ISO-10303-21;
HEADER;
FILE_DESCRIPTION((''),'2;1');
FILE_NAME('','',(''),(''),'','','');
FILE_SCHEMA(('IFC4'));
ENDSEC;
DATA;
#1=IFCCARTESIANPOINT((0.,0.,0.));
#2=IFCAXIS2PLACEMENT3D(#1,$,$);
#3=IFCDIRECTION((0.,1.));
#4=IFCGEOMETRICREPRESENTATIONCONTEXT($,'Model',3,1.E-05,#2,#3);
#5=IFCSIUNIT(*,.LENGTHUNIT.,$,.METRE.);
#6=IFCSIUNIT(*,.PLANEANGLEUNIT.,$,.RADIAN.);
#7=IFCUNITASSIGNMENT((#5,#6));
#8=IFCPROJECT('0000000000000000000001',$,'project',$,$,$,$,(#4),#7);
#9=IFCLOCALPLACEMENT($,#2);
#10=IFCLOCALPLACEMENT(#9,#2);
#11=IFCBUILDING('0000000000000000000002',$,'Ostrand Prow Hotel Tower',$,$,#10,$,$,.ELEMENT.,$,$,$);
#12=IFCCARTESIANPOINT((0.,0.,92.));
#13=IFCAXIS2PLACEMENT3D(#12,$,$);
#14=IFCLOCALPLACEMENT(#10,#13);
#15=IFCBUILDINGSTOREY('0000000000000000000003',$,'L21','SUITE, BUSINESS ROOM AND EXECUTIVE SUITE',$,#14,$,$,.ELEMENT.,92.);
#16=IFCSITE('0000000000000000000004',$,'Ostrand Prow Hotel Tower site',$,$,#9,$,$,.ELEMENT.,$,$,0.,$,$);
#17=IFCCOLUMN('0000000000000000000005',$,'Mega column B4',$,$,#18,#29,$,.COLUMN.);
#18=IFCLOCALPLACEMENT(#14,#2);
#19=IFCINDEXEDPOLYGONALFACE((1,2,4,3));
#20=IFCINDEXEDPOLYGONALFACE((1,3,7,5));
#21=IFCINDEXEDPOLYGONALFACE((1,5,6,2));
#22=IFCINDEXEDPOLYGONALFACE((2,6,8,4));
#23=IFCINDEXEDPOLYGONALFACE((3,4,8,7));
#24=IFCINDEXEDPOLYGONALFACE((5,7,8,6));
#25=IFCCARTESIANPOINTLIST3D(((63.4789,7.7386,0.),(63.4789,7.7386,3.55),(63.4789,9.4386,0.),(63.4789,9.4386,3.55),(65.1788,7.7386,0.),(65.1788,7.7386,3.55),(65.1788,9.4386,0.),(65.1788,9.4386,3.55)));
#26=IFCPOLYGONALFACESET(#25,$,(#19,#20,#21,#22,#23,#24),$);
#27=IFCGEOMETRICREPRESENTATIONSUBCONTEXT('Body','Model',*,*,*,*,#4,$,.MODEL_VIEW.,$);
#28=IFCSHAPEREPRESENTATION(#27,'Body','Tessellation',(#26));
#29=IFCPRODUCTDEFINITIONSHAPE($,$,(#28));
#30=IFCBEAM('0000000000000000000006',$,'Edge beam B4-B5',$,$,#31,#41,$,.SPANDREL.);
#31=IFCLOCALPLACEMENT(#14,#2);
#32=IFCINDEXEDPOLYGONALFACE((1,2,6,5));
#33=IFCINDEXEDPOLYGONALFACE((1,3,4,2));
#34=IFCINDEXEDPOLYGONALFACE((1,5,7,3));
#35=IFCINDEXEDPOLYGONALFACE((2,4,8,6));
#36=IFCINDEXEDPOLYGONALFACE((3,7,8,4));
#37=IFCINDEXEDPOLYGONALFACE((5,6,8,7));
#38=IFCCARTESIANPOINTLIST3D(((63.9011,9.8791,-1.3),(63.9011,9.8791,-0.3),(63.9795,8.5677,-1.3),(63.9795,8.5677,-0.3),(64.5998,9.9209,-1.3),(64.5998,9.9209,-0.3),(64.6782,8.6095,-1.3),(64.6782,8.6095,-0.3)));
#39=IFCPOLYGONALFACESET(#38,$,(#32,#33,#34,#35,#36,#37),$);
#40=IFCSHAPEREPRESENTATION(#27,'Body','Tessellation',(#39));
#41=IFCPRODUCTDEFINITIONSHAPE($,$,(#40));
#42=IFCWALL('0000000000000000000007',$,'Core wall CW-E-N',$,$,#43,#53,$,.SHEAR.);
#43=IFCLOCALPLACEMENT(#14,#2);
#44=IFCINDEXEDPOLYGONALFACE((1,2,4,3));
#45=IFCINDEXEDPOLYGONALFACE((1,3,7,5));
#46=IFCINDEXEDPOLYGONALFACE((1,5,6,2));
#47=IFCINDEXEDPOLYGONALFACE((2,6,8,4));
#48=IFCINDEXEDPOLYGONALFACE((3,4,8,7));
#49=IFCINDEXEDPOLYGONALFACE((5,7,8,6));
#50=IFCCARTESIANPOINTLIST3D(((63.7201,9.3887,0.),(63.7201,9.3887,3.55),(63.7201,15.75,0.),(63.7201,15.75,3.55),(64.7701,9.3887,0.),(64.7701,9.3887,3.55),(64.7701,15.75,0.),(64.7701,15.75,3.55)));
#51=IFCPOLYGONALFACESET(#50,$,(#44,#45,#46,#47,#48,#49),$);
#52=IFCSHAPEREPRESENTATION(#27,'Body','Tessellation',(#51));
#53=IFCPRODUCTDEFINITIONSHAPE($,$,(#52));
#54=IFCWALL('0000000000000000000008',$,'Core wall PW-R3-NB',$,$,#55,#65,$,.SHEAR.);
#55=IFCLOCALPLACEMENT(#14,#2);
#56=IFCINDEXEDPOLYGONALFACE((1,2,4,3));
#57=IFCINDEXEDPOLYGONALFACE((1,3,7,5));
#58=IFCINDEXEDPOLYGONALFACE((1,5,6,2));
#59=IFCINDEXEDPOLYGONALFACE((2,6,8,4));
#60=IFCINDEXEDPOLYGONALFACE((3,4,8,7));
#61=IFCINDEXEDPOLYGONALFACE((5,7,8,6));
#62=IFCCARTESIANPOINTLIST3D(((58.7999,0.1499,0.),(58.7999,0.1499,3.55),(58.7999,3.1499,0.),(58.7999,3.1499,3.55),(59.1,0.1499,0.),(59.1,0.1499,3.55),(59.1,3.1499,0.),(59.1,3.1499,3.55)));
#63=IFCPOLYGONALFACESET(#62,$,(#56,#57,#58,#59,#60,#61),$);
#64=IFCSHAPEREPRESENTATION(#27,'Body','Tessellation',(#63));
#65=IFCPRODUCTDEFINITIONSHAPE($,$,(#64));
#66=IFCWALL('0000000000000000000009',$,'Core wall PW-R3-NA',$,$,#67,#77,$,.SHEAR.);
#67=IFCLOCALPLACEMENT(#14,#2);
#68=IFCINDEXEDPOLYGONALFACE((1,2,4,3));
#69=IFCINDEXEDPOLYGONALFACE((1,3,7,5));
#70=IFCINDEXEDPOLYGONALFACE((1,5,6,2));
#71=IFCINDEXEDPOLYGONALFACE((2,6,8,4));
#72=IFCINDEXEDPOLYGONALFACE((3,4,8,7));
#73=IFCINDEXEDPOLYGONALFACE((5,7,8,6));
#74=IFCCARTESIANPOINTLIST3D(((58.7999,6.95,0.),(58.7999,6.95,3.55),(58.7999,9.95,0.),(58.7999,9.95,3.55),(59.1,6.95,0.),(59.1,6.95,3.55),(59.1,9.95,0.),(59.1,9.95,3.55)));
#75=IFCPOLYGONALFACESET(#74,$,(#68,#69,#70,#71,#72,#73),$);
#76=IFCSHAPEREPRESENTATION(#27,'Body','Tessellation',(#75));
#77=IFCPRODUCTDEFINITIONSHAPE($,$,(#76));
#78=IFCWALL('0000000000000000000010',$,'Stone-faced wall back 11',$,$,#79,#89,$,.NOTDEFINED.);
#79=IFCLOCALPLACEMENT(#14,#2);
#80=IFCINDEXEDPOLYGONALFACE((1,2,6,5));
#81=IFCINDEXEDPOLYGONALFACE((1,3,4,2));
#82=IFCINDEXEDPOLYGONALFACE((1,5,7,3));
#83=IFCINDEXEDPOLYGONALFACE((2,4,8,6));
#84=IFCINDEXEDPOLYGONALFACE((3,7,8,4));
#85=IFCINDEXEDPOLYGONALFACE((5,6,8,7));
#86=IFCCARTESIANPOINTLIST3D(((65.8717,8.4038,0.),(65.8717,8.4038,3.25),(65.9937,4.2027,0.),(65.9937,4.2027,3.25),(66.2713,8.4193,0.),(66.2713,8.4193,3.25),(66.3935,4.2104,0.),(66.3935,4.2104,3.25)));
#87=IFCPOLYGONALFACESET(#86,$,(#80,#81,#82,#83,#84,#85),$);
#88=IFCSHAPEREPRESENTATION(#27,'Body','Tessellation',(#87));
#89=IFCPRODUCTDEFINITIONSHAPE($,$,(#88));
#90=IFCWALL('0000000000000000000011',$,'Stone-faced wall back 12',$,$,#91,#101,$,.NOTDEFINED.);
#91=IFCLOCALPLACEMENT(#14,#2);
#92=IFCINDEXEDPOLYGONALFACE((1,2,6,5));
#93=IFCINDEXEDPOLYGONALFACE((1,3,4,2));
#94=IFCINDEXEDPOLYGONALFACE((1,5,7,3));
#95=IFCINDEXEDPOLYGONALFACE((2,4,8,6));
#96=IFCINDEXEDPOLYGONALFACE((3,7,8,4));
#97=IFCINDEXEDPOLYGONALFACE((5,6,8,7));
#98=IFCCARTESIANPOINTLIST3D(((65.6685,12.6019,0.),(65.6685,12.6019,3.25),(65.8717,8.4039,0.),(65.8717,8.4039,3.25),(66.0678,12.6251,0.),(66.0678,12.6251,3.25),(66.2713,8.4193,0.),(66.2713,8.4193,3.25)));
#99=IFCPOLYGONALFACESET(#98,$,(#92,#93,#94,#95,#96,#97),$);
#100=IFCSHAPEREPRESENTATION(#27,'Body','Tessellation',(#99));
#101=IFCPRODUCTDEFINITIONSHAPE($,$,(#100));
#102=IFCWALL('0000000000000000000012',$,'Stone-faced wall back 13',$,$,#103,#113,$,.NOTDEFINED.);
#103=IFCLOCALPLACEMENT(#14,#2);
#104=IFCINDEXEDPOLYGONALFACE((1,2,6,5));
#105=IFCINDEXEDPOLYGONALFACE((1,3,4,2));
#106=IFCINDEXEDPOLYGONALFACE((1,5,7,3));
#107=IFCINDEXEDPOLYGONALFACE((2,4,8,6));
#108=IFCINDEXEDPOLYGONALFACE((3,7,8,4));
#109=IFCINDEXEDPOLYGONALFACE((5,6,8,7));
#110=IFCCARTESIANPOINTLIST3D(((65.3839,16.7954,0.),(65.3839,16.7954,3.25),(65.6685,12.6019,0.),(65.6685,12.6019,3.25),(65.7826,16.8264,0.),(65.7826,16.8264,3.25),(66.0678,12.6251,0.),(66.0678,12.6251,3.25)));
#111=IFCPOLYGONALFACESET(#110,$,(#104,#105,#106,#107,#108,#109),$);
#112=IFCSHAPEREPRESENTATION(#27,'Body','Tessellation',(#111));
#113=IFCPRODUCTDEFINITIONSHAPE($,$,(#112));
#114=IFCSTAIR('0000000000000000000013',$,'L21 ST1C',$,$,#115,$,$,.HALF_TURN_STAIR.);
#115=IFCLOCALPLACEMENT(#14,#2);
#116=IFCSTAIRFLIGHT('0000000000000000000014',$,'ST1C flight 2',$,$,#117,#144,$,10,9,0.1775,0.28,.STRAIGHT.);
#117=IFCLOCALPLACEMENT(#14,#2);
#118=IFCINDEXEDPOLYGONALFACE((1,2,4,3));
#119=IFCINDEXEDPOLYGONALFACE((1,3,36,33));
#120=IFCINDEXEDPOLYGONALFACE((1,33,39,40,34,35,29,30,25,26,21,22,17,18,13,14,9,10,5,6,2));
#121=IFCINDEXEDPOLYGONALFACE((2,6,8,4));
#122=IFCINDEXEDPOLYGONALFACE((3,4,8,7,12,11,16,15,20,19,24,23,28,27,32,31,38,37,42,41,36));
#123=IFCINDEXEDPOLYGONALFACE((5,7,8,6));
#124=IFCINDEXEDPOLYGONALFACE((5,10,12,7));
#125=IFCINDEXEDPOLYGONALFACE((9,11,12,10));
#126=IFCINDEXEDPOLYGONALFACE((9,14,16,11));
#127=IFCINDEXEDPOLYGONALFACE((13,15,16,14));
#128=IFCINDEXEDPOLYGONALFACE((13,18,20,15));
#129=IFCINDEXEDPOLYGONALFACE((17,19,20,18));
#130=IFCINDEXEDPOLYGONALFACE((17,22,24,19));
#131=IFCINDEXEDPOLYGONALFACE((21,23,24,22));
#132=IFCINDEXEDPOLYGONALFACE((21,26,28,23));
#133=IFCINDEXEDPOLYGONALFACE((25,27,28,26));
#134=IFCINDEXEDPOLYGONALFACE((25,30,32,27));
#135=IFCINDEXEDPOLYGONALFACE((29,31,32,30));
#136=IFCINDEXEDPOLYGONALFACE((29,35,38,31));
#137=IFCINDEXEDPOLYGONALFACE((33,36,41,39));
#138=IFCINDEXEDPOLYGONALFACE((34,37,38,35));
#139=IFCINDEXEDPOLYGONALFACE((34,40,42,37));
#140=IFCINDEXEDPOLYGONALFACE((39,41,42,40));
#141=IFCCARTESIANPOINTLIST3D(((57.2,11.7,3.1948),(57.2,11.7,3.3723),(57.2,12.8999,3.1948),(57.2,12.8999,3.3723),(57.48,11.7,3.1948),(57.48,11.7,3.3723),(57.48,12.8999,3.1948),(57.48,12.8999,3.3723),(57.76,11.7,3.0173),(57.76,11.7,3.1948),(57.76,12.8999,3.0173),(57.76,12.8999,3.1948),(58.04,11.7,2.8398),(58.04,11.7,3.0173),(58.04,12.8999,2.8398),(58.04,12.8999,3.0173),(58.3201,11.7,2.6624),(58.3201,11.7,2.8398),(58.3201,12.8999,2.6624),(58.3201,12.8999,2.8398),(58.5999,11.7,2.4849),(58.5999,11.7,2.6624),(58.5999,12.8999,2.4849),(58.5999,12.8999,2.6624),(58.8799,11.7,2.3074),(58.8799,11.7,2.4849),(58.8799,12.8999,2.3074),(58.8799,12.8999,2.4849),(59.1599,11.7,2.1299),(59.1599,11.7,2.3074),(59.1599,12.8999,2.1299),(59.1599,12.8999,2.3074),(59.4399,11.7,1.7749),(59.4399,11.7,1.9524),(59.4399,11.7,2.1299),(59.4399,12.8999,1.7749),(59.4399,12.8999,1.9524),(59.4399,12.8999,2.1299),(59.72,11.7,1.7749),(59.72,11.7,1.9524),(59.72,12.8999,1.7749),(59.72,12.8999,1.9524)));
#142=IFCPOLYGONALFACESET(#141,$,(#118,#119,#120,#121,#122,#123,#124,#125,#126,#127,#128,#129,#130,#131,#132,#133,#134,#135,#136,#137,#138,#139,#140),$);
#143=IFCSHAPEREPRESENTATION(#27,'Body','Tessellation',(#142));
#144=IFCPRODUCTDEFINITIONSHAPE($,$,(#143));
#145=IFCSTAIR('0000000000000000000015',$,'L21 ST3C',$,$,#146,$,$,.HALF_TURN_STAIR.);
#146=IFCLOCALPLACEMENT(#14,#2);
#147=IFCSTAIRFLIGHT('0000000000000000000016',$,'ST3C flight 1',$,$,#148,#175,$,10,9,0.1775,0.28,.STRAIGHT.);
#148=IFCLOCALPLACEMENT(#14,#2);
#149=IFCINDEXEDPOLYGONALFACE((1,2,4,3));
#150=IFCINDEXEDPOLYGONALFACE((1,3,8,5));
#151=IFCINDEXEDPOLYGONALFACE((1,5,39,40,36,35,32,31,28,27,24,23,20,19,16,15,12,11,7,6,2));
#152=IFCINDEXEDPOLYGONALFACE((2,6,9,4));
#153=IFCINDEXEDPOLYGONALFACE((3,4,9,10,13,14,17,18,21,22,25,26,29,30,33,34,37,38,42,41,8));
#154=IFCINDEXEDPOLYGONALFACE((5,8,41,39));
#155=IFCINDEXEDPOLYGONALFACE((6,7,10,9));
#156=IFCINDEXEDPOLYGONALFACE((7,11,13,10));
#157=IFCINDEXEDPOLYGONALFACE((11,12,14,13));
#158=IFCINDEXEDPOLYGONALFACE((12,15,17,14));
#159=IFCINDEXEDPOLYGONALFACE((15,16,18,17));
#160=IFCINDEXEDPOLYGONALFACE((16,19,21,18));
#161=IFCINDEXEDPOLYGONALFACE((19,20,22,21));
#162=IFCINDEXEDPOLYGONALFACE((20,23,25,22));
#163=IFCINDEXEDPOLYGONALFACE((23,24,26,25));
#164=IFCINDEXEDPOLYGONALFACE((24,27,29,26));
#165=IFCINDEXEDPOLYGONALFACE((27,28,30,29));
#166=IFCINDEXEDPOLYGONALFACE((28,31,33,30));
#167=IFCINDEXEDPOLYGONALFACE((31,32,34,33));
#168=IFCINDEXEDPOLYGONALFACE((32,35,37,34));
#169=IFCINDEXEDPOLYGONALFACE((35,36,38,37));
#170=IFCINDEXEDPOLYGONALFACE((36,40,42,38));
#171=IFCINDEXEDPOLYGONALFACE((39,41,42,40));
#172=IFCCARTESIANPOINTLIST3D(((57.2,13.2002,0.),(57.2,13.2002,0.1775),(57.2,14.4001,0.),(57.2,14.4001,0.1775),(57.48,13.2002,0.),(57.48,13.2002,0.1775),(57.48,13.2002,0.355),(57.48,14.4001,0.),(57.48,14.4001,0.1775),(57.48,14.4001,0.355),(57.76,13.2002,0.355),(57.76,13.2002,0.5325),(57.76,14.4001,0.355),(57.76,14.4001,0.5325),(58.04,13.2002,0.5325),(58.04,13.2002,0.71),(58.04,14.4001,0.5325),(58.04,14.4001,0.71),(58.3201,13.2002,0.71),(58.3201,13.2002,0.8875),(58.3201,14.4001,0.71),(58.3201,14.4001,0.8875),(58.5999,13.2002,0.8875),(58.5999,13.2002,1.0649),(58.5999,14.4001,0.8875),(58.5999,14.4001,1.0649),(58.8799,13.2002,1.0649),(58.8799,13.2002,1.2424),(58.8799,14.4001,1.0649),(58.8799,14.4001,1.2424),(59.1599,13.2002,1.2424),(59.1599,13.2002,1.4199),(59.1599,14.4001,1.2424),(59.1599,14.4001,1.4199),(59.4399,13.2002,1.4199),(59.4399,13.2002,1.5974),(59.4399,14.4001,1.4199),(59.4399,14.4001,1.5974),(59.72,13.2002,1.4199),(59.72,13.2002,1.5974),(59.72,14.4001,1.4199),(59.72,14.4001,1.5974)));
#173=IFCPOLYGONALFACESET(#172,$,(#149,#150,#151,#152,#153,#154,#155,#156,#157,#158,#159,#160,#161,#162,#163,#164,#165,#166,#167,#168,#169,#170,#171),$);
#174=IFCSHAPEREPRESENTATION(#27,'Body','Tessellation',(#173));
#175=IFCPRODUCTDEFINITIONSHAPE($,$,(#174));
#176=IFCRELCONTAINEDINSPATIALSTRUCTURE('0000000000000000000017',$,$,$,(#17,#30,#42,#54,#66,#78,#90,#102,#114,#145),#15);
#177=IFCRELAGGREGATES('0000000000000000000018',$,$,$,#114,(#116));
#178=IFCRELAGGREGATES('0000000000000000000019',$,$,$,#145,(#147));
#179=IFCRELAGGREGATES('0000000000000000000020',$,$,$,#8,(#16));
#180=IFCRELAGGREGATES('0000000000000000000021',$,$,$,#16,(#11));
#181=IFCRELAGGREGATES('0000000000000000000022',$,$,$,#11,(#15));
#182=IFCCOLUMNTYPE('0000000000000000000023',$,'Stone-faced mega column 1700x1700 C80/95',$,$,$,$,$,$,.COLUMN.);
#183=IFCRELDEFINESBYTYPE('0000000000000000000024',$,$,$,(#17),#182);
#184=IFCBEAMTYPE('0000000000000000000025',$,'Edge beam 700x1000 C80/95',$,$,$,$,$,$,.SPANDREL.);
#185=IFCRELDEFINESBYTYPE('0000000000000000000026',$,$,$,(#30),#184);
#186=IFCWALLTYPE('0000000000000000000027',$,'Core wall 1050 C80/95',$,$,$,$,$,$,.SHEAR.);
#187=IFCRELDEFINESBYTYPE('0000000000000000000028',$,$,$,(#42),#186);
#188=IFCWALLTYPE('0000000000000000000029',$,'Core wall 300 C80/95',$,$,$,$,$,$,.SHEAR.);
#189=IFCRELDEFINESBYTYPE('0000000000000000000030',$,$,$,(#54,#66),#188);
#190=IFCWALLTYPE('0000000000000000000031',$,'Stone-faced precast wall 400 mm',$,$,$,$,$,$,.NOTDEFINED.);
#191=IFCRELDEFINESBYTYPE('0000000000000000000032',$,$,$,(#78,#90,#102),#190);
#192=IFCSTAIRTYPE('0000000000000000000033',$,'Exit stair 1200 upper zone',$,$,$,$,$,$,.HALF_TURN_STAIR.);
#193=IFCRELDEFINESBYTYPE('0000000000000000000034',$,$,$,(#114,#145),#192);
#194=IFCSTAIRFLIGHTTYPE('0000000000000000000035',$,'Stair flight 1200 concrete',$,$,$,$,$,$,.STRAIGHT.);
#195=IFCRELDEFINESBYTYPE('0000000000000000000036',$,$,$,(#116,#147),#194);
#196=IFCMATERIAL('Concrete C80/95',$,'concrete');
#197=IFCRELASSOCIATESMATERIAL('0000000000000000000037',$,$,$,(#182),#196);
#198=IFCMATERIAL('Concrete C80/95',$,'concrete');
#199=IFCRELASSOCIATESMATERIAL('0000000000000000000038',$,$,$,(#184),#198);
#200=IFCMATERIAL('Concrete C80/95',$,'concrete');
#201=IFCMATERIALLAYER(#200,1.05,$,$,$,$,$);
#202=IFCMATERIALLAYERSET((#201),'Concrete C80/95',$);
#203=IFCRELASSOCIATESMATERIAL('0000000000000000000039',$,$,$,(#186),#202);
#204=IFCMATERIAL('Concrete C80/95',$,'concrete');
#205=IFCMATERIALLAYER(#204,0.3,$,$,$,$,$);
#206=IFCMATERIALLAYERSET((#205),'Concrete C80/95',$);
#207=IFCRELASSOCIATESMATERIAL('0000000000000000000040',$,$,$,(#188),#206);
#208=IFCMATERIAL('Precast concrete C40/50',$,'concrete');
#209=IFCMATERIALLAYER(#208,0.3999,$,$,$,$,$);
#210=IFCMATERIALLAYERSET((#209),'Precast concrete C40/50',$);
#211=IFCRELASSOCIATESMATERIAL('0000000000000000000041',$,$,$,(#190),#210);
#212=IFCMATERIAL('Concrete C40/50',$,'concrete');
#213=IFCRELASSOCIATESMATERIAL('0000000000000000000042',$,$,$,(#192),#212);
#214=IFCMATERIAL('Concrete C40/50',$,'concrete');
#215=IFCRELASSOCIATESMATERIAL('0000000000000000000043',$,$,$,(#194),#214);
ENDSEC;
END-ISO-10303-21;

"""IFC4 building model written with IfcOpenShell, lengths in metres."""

from ifc_helpers import new_model, si_unit, direction, frame, frame_2d, origin, origin_2d, place, context, subcontext, project, spatial, polyline, rectangle, outline, extrude, material, layer, layer_set, material_profile, profile_set, type_object, element, aggregate, save


model = new_model("IFC4")

# Units and contexts
model_context = context("Model", 3, precision=1e-05, world=origin(), true_north=direction((0.0, 1.0)))
body_context = subcontext(model_context, "Body", "Model", "MODEL_VIEW")
ifc_project = project(units=[si_unit("LENGTHUNIT", "METRE"), si_unit("PLANEANGLEUNIT", "RADIAN")], contexts=[model_context])

# Site, building, storey
site_placement = place(None, origin())
site = spatial("IfcSite", under=ifc_project, at=site_placement, Name="Ostrand Prow Hotel Tower site", CompositionType="ELEMENT", RefElevation=0.0)
building_placement = place(site_placement, origin())
building = spatial("IfcBuilding", under=site, at=building_placement, Name="Ostrand Prow Hotel Tower", CompositionType="ELEMENT")
storey_placement = place(building_placement, frame((0.0, 0.0, 92.0)))
storey = spatial("IfcBuildingStorey", under=building, at=storey_placement, Name="L21", Description="SUITE, BUSINESS ROOM AND EXECUTIVE SUITE", CompositionType="ELEMENT", Elevation=92.0)

# Column
ifc_material_1 = material(Name="Concrete C80/95", Category="concrete")
ifc_material_profile_1 = material_profile(ifc_material_1, rectangle(XDim=1.7, YDim=1.7, at=origin_2d()), Name="RC 1700x1700")
ifc_profile_set_1 = profile_set([ifc_material_profile_1], Name="Concrete C80/95")
column_type = type_object("IfcColumnType", Name="Stone-faced mega column 1700x1700 C80/95", PredefinedType="COLUMN", material=ifc_profile_set_1)
column_placement = place(storey_placement, frame((64.3289, 8.5886, 0.0), z_axis=(0.0, 0.0, 1.0), x_axis=(1.0, 0.0, 0.0)))
element("IfcColumn", 1, at=column_placement, inside=storey, type_object=column_type, Name="Mega column B4", PredefinedType="COLUMN", context=body_context, shape_type="SweptSolid", body=[
    extrude(rectangle(XDim=1.7, YDim=1.7, at=origin_2d()), origin(), (0.0, 0.0, 1.0), 3.55),
])

# Beam
ifc_material_2 = material(Name="Concrete C80/95", Category="concrete")
ifc_material_profile_2 = material_profile(ifc_material_2, rectangle(XDim=0.7, YDim=1.0, at=origin_2d()), Name="RC 700x1000")
ifc_profile_set_2 = profile_set([ifc_material_profile_2], Name="Concrete C80/95")
beam_type = type_object("IfcBeamType", Name="Edge beam 700x1000 C80/95", PredefinedType="SPANDREL", material=ifc_profile_set_2)
beam_placement = place(storey_placement, frame((64.3289, 8.5886, -0.8), z_axis=(-0.059659, 0.998219, 0.0), x_axis=(-0.998219, -0.059659, 0.0)))
element("IfcBeam", 2, at=beam_placement, inside=storey, type_object=beam_type, Name="Edge beam B4-B5", PredefinedType="SPANDREL", context=body_context, shape_type="SweptSolid", body=[
    extrude(rectangle(XDim=0.7, YDim=1.0, at=origin_2d()), origin(), (0.0, 0.0, 1.0), 1.3137),
])

# Walls
ifc_material_3 = material(Name="Concrete C80/95", Category="concrete")
ifc_layer_1 = layer(ifc_material_3, 1.05)
ifc_layer_set_1 = layer_set([ifc_layer_1], Name="Concrete C80/95")
wall_type_1 = type_object("IfcWallType", Name="Core wall 1050 C80/95", PredefinedType="SHEAR", material=ifc_layer_set_1)
wall_1_placement = place(storey_placement, frame((64.2451, 9.3887, 0.0), z_axis=(0.0, 0.0, 1.0), x_axis=(0.0, 1.0, 0.0)))
element("IfcWall", 3, at=wall_1_placement, inside=storey, type_object=wall_type_1, Name="Core wall CW-E-N", PredefinedType="SHEAR", context=body_context, shape_type="SweptSolid", body=[
    extrude(rectangle(XDim=6.3613, YDim=1.05, at=frame_2d((3.1807, 0.0))), origin(), (0.0, 0.0, 1.0), 3.55),
])
ifc_material_4 = material(Name="Concrete C80/95", Category="concrete")
ifc_layer_2 = layer(ifc_material_4, 0.3)
ifc_layer_set_2 = layer_set([ifc_layer_2], Name="Concrete C80/95")
wall_type_2 = type_object("IfcWallType", Name="Core wall 300 C80/95", PredefinedType="SHEAR", material=ifc_layer_set_2)
for number, where, z_axis, x_axis, name in (
    (4, (58.95, 0.1499, 0.0), (0.0, 0.0, 1.0), (0.0, 1.0, 0.0), "Core wall PW-R3-NB"),
    (5, (58.95, 6.95, 0.0), (0.0, 0.0, 1.0), (0.0, 1.0, 0.0), "Core wall PW-R3-NA"),
):
    element("IfcWall", number, at=place(storey_placement, frame(where, z_axis=z_axis, x_axis=x_axis)), inside=storey, type_object=wall_type_2, Name=name, PredefinedType="SHEAR", context=body_context, shape_type="SweptSolid", body=[
        extrude(rectangle(XDim=3.0, YDim=0.3, at=frame_2d((1.5, 0.0))), origin(), (0.0, 0.0, 1.0), 3.55),
    ])
ifc_material_5 = material(Name="Precast concrete C40/50", Category="concrete")
ifc_layer_3 = layer(ifc_material_5, 0.3999)
ifc_layer_set_3 = layer_set([ifc_layer_3], Name="Precast concrete C40/50")
wall_type_3 = type_object("IfcWallType", Name="Stone-faced precast wall 400 mm", PredefinedType="NOTDEFINED", material=ifc_layer_set_3)
for number, where, z_axis, x_axis, name in (
    (6, (66.1936, 4.2065, 0.0), (0.0, 0.0, 1.0), (-0.029017, 0.999579, 0.0), "Stone-faced wall back 11"),
    (7, (66.0715, 8.4116, 0.0), (0.0, 0.0, 1.0), (-0.048343, 0.998831, 0.0), "Stone-faced wall back 12"),
):
    element("IfcWall", number, at=place(storey_placement, frame(where, z_axis=z_axis, x_axis=x_axis)), inside=storey, type_object=wall_type_3, Name=name, PredefinedType="NOTDEFINED", context=body_context, shape_type="SweptSolid", body=[
        extrude(outline(polyline([(-0.002, -0.2), (4.2087, -0.2), (4.2048, 0.2), (0.002, 0.2), (-0.002, -0.2)])), origin(), (0.0, 0.0, 1.0), 3.25),
    ])
wall_2_placement = place(storey_placement, frame((65.8682, 12.6135, 0.0), z_axis=(0.0, 0.0, 1.0), x_axis=(-0.067725, 0.997704, 0.0)))
element("IfcWall", 8, at=wall_2_placement, inside=storey, type_object=wall_type_3, Name="Stone-faced wall back 13", PredefinedType="NOTDEFINED", context=body_context, shape_type="SweptSolid", body=[
    extrude(outline(polyline([(-0.002, -0.2), (4.209, -0.2), (4.2051, 0.2), (0.002, 0.2), (-0.002, -0.2)])), origin(), (0.0, 0.0, 1.0), 3.25),
])

# Stair, stair flight
ifc_material_6 = material(Name="Concrete C40/50", Category="concrete")
stair_type = type_object("IfcStairType", Name="Exit stair 1200 upper zone", PredefinedType="HALF_TURN_STAIR", material=ifc_material_6)
stair_1_placement = place(storey_placement, origin())
stair_1 = element("IfcStair", 9, at=stair_1_placement, inside=storey, type_object=stair_type, Name="L21 ST1C", PredefinedType="HALF_TURN_STAIR")
ifc_material_7 = material(Name="Concrete C40/50", Category="concrete")
stair_flight_type = type_object("IfcStairFlightType", Name="Stair flight 1200 concrete", PredefinedType="STRAIGHT", material=ifc_material_7)
stair_flight_1_placement = place(storey_placement, frame((59.72, 12.3, 1.7749), z_axis=(0.0, 0.0, 1.0), x_axis=(-1.0, 0.0, 0.0)))
stair_flight_1 = element("IfcStairFlight", 10, at=stair_flight_1_placement, type_object=stair_flight_type, Name="ST1C flight 2", NumberOfRisers=10, NumberOfTreads=9, PredefinedType="STRAIGHT", RiserHeight=0.1775, TreadLength=0.28, context=body_context, shape_type="SweptSolid", body=[
    extrude(outline(polyline([(0.0, 0.0), (0.0, 0.1775), (0.28, 0.1775), (0.28, 0.355), (0.5601, 0.355), (0.5601, 0.5325), (0.8401, 0.5325), (0.8401, 0.71), (1.1201, 0.71), (1.1201, 0.8875), (1.3999, 0.8875), (1.3999, 1.0649), (1.6799, 1.0649), (1.6799, 1.2424), (1.96, 1.2424), (1.96, 1.4199), (2.24, 1.4199), (2.24, 1.5974), (2.52, 1.5974), (2.52, 1.7749), (2.52, 1.4199), (0.28, 0.0), (0.0, 0.0)])), frame((0.0, 0.6001, 0.0), z_axis=(0.0, -1.0, 0.0), x_axis=(1.0, 0.0, 0.0)), (0.0, 0.0, 1.0), 1.2),
])
aggregate(stair_1, [stair_flight_1])

# Stair, stair flight
stair_2_placement = place(storey_placement, origin())
stair_2 = element("IfcStair", 11, at=stair_2_placement, inside=storey, type_object=stair_type, Name="L21 ST3C", PredefinedType="HALF_TURN_STAIR")
stair_flight_2_placement = place(storey_placement, frame((57.2, 13.8, 0.0), z_axis=(0.0, 0.0, 1.0), x_axis=(1.0, 0.0, 0.0)))
stair_flight_2 = element("IfcStairFlight", 12, at=stair_flight_2_placement, type_object=stair_flight_type, Name="ST3C flight 1", NumberOfRisers=10, NumberOfTreads=9, PredefinedType="STRAIGHT", RiserHeight=0.1775, TreadLength=0.28, context=body_context, shape_type="SweptSolid", body=[
    extrude(outline(polyline([(0.0, 0.0), (0.0, 0.1775), (0.28, 0.1775), (0.28, 0.355), (0.5601, 0.355), (0.5601, 0.5325), (0.8401, 0.5325), (0.8401, 0.71), (1.1201, 0.71), (1.1201, 0.8875), (1.3999, 0.8875), (1.3999, 1.0649), (1.6799, 1.0649), (1.6799, 1.2424), (1.96, 1.2424), (1.96, 1.4199), (2.24, 1.4199), (2.24, 1.5974), (2.52, 1.5974), (2.52, 1.7749), (2.52, 1.4199), (0.28, 0.0), (0.0, 0.0)])), frame((0.0, 0.6001, 0.0), z_axis=(0.0, -1.0, 0.0), x_axis=(1.0, 0.0, 0.0)), (0.0, 0.0, 1.0), 1.2),
])
aggregate(stair_2, [stair_flight_2])

save(model, "model.ifc")
